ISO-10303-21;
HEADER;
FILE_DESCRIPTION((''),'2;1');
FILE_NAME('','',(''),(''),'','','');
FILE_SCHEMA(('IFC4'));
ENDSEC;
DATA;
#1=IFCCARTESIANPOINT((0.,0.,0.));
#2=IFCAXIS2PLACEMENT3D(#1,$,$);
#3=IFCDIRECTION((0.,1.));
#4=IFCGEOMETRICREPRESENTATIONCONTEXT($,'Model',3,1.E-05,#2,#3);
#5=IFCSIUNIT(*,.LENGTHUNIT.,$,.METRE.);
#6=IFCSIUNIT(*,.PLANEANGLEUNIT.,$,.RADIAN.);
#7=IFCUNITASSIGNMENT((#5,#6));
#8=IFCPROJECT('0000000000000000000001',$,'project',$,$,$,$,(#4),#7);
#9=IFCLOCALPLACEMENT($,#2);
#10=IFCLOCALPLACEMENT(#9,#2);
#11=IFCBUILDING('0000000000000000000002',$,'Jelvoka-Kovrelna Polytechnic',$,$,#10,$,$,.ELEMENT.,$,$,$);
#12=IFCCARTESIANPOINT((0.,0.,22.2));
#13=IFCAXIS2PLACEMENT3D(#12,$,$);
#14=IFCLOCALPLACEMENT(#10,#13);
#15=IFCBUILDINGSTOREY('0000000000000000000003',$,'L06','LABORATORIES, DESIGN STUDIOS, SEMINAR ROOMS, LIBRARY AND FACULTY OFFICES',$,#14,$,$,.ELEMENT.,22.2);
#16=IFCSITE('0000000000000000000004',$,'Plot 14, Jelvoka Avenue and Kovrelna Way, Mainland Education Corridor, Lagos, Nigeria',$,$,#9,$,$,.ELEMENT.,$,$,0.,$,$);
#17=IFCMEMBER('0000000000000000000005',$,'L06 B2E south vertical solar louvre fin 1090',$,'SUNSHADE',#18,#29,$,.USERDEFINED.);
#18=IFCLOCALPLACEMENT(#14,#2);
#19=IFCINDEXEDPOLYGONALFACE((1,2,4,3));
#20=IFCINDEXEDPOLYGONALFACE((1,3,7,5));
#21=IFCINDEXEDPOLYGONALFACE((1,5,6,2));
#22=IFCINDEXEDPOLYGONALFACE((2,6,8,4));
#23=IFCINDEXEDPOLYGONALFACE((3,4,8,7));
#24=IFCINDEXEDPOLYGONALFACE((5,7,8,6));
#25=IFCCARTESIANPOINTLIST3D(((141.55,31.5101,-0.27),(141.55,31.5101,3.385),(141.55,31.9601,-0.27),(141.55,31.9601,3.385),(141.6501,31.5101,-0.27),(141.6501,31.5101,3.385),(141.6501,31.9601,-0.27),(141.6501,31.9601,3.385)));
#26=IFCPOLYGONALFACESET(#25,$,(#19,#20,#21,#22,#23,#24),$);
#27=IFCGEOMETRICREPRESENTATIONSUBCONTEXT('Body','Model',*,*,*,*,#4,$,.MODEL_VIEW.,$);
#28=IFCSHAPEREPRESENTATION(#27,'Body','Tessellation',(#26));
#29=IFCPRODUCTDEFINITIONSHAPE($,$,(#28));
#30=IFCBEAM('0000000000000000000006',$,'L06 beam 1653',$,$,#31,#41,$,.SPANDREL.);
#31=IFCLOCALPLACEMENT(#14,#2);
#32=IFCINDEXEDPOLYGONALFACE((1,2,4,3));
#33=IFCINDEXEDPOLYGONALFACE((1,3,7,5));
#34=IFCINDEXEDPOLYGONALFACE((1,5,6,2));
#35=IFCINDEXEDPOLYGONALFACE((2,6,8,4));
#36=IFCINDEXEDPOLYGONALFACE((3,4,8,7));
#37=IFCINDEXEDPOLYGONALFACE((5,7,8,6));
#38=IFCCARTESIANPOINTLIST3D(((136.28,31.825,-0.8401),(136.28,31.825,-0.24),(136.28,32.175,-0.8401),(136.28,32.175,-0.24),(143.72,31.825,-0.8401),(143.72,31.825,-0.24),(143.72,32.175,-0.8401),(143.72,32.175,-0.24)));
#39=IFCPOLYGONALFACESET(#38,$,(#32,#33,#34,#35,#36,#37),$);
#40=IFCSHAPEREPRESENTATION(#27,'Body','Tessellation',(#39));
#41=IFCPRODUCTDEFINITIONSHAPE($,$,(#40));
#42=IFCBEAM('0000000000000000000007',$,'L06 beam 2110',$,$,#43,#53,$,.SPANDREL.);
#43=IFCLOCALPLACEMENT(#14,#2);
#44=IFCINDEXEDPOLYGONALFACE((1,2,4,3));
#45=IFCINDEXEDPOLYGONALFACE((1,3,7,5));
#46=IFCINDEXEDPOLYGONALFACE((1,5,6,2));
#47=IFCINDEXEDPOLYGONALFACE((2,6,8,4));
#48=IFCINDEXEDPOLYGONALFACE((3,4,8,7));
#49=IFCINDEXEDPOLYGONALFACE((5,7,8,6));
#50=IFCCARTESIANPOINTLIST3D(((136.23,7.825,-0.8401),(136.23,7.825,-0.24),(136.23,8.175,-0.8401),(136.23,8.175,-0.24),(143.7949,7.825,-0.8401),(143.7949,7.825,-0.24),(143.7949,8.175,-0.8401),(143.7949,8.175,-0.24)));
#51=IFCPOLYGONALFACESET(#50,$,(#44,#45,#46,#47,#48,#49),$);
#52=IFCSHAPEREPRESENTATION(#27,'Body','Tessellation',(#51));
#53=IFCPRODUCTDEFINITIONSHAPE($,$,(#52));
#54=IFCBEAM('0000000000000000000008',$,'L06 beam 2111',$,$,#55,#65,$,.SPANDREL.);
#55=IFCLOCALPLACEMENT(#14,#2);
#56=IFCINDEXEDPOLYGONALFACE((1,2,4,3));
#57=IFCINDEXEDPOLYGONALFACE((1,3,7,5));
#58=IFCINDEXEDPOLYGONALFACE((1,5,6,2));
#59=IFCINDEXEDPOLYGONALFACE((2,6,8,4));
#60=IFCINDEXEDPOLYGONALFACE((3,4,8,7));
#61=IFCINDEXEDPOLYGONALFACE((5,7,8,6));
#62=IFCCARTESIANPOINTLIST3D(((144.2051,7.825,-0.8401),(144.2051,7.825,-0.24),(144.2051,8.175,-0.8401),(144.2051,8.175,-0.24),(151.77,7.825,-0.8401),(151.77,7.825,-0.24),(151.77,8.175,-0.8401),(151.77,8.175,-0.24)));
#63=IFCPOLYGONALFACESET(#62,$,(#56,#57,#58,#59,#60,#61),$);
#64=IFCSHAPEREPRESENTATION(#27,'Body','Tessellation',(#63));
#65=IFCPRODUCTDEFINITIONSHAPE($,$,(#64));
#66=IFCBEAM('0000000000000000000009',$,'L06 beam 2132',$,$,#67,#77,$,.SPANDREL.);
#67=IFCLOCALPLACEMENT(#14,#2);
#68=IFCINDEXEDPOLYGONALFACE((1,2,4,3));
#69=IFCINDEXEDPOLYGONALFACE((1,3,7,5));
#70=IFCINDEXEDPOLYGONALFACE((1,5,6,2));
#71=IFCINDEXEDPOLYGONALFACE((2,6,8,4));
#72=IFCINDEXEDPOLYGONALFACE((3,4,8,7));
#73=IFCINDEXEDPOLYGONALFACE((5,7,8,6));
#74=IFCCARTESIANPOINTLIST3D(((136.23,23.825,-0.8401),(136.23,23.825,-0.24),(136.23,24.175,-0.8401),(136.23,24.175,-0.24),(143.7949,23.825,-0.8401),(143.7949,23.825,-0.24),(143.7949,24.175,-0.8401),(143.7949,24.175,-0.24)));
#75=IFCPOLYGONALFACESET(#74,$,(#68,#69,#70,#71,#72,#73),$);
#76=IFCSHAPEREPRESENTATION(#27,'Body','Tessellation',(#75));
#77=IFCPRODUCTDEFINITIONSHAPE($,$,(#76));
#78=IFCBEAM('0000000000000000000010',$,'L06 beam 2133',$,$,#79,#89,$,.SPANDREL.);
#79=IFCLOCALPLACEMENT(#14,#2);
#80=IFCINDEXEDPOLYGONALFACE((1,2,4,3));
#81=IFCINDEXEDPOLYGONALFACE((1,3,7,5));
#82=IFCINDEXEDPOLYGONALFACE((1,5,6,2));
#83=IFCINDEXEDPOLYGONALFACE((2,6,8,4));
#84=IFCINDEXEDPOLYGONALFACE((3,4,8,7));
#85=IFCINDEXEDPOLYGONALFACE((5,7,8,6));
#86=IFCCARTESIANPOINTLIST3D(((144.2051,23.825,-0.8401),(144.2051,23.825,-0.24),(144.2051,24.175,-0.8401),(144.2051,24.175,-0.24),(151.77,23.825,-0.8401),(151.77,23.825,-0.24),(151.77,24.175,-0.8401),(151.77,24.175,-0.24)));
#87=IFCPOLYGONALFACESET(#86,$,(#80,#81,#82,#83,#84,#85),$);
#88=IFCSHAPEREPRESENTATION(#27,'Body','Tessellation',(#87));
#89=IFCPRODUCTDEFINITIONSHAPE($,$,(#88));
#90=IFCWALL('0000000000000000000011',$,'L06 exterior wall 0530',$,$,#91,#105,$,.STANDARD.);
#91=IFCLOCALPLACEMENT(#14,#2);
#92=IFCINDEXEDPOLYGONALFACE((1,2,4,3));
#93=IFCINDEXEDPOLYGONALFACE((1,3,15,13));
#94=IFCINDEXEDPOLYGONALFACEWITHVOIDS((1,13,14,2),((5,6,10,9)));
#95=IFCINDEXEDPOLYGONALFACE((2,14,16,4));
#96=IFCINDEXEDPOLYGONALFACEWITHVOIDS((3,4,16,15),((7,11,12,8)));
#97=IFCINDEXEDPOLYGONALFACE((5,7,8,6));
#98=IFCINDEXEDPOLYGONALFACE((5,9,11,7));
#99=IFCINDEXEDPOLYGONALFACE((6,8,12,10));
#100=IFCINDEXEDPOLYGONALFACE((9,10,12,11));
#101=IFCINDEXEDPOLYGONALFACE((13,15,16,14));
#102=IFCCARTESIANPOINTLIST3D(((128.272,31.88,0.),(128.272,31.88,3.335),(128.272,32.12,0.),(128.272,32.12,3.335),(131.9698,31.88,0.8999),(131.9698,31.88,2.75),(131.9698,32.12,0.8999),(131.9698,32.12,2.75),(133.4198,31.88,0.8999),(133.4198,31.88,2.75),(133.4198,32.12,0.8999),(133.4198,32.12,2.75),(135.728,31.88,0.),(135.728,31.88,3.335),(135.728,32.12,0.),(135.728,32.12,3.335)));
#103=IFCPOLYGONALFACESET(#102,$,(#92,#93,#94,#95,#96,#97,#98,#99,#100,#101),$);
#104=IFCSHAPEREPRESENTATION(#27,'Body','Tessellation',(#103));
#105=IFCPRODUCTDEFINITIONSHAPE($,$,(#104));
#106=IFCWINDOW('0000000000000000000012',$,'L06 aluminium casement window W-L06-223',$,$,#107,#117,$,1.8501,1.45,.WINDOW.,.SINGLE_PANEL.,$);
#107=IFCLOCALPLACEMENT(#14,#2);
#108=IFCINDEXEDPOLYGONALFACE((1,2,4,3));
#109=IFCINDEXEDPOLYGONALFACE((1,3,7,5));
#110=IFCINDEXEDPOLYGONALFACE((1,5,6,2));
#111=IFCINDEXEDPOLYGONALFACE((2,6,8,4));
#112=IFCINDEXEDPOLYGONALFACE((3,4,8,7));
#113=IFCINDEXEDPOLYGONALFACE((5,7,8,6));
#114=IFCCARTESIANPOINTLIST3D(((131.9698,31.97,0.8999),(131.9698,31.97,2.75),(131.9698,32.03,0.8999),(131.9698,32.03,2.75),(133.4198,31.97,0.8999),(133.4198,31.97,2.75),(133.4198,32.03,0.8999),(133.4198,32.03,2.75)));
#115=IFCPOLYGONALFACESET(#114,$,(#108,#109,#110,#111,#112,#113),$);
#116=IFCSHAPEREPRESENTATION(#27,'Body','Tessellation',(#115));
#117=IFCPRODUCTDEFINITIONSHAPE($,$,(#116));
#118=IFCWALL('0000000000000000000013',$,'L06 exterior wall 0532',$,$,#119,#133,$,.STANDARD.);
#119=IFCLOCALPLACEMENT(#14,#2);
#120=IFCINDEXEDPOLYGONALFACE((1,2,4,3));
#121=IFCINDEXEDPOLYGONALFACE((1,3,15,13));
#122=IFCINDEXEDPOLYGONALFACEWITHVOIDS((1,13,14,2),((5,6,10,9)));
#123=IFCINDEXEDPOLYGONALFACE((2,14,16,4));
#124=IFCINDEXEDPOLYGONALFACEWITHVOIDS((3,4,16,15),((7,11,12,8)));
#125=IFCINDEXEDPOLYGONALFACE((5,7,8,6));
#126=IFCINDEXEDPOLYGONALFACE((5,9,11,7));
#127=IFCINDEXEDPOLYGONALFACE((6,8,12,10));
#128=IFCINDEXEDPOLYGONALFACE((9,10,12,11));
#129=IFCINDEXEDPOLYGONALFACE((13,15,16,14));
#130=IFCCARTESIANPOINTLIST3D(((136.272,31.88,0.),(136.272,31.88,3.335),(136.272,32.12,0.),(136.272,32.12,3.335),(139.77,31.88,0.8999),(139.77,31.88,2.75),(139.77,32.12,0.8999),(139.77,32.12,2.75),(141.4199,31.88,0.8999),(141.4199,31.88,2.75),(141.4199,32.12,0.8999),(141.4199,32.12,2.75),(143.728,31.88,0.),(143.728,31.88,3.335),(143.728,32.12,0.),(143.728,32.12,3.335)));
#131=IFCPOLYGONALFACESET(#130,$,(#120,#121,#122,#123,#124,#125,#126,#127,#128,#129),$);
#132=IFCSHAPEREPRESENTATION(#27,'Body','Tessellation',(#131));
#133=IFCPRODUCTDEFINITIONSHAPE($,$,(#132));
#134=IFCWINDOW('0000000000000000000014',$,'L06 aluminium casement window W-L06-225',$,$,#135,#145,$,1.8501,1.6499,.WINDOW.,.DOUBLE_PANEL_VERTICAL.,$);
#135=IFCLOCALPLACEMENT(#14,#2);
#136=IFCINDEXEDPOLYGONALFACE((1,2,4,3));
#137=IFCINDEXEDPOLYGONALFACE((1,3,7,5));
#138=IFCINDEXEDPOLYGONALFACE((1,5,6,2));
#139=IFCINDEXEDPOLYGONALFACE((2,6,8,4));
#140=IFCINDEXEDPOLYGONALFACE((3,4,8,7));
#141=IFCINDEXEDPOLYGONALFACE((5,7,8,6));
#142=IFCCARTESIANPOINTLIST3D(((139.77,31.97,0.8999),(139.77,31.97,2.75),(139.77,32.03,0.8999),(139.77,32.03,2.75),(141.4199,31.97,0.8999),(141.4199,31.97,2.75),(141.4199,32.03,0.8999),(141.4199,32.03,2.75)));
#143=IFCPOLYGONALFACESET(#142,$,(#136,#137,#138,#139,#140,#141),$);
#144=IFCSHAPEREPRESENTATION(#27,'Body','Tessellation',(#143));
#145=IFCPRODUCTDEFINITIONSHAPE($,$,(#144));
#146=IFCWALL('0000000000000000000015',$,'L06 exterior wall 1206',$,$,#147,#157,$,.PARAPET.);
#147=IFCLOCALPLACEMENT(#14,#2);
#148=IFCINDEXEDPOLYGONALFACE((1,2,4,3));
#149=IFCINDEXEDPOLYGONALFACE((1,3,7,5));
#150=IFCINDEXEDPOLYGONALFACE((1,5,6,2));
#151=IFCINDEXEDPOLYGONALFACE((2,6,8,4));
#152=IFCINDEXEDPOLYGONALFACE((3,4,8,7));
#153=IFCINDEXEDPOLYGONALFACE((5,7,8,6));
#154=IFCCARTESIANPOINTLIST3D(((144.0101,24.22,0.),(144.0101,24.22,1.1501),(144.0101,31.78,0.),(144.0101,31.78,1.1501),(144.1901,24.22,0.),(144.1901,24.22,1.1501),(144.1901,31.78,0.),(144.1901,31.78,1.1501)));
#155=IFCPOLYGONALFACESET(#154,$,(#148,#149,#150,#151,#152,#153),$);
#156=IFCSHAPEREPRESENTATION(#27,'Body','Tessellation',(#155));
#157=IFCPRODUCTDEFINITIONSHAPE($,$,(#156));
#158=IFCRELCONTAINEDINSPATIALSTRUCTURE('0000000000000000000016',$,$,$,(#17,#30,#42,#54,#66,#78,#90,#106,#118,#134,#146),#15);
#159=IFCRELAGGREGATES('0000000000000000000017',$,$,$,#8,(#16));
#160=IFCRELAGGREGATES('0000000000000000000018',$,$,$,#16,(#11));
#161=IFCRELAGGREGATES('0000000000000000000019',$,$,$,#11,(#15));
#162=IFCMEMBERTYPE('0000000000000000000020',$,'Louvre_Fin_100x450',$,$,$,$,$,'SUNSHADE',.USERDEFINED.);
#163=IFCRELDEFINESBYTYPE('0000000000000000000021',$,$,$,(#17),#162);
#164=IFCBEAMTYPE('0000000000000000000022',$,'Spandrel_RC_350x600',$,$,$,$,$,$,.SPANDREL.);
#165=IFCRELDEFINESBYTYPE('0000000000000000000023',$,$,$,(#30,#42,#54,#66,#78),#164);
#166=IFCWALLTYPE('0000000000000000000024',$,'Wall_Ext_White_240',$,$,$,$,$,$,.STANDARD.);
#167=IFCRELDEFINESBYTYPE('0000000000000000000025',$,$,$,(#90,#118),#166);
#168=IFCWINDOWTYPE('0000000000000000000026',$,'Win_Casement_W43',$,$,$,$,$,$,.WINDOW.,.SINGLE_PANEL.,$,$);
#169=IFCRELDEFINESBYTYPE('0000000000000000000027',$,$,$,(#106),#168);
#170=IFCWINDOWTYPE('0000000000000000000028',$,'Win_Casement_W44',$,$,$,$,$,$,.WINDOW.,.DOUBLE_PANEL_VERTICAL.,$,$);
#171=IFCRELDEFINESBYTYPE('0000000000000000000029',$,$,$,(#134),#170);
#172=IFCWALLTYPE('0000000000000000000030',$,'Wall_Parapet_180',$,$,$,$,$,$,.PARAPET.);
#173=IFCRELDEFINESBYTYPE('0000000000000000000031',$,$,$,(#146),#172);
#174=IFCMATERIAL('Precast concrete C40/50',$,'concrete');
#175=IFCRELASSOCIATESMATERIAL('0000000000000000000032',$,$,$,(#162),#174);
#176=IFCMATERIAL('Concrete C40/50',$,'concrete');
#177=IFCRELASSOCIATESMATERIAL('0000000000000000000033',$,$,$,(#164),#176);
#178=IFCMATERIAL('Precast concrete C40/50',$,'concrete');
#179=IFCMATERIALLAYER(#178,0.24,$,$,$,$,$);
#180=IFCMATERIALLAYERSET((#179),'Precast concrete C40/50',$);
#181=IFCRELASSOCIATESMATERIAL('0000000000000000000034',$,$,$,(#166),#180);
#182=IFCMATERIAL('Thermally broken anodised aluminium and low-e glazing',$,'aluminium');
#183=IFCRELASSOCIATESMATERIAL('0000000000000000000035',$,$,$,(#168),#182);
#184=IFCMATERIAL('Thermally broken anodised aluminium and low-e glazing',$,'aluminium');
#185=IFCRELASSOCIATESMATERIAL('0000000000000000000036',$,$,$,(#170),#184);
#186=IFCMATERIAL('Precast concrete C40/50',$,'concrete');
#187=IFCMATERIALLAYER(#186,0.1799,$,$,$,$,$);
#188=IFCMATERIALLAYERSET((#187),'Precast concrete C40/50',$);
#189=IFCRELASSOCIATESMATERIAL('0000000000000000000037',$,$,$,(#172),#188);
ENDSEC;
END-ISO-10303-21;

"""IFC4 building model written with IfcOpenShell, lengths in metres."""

from ifc_helpers import new_model, si_unit, direction, frame, frame_2d, origin, origin_2d, place, context, subcontext, project, spatial, rectangle, extrude, material, layer, layer_set, material_profile, profile_set, type_object, element, fill, save


model = new_model("IFC4")

# Units and contexts
model_context = context("Model", 3, precision=1e-05, world=origin(), true_north=direction((0.0, 1.0)))
body_context = subcontext(model_context, "Body", "Model", "MODEL_VIEW")
ifc_project = project(units=[si_unit("LENGTHUNIT", "METRE"), si_unit("PLANEANGLEUNIT", "RADIAN")], contexts=[model_context])

# Site, building, storey
site_placement = place(None, origin())
site = spatial("IfcSite", under=ifc_project, at=site_placement, Name="Plot 14, Jelvoka Avenue and Kovrelna Way, Mainland Education Corridor, Lagos, Nigeria", CompositionType="ELEMENT", RefElevation=0.0)
building_placement = place(site_placement, origin())
building = spatial("IfcBuilding", under=site, at=building_placement, Name="Jelvoka-Kovrelna Polytechnic", CompositionType="ELEMENT")
storey_placement = place(building_placement, frame((0.0, 0.0, 22.2)))
storey = spatial("IfcBuildingStorey", under=building, at=storey_placement, Name="L06", Description="LABORATORIES, DESIGN STUDIOS, SEMINAR ROOMS, LIBRARY AND FACULTY OFFICES", CompositionType="ELEMENT", Elevation=22.2)

# Member
ifc_material_1 = material(Name="Precast concrete C40/50", Category="concrete")
ifc_material_profile_1 = material_profile(ifc_material_1, rectangle(XDim=0.1001, YDim=0.45, at=origin_2d()), Name="PC 100x450")
ifc_profile_set_1 = profile_set([ifc_material_profile_1], Name="Precast concrete C40/50")
member_type = type_object("IfcMemberType", Name="Louvre_Fin_100x450", ElementType="SUNSHADE", PredefinedType="USERDEFINED", material=ifc_profile_set_1)
for number, where, z_axis, x_axis, name in (
    (1, (141.6001, 31.7351, -0.27), (0.0, 0.0, 1.0), (1.0, 0.0, 0.0), "L06 B2E south vertical solar louvre fin 1090"),
):
    element("IfcMember", number, at=place(storey_placement, frame(where, z_axis=z_axis, x_axis=x_axis)), inside=storey, type_object=member_type, Name=name, ObjectType="SUNSHADE", PredefinedType="USERDEFINED", context=body_context, shape_type="SweptSolid", body=[
        extrude(rectangle(XDim=0.1001, YDim=0.45, at=origin_2d()), origin(), (0.0, 0.0, 1.0), 3.655),
    ])

# Beams
ifc_material_2 = material(Name="Concrete C40/50", Category="concrete")
ifc_material_profile_2 = material_profile(ifc_material_2, rectangle(XDim=0.3501, YDim=0.6001, at=origin_2d()), Name="RC 350x600")
ifc_profile_set_2 = profile_set([ifc_material_profile_2], Name="Concrete C40/50")
beam_type_1 = type_object("IfcBeamType", Name="Spandrel_RC_350x600", PredefinedType="SPANDREL", material=ifc_profile_set_2)
beam_placement = place(storey_placement, frame((136.28, 32.0, -0.54), z_axis=(1.0, 0.0, 0.0), x_axis=(0.0, 1.0, 0.0)))
element("IfcBeam", 2, at=beam_placement, inside=storey, type_object=beam_type_1, Name="L06 beam 1653", PredefinedType="SPANDREL", context=body_context, shape_type="SweptSolid", body=[
    extrude(rectangle(XDim=0.3501, YDim=0.6001, at=origin_2d()), origin(), (0.0, 0.0, 1.0), 7.4399),
])
for number, where, z_axis, x_axis, name in (
    (3, (136.23, 8.0, -0.54), (1.0, 0.0, 0.0), (0.0, 1.0, 0.0), "L06 beam 2110"),
    (4, (144.2051, 8.0, -0.54), (1.0, 0.0, 0.0), (0.0, 1.0, 0.0), "L06 beam 2111"),
    (5, (136.23, 24.0, -0.54), (1.0, 0.0, 0.0), (0.0, 1.0, 0.0), "L06 beam 2132"),
    (6, (144.2051, 24.0, -0.54), (1.0, 0.0, 0.0), (0.0, 1.0, 0.0), "L06 beam 2133"),
):
    element("IfcBeam", number, at=place(storey_placement, frame(where, z_axis=z_axis, x_axis=x_axis)), inside=storey, type_object=beam_type_1, Name=name, PredefinedType="SPANDREL", context=body_context, shape_type="SweptSolid", body=[
        extrude(rectangle(XDim=0.3501, YDim=0.6001, at=origin_2d()), origin(), (0.0, 0.0, 1.0), 7.5649),
    ])

# Walls, openings, windows
ifc_material_3 = material(Name="Precast concrete C40/50", Category="concrete")
ifc_layer_1 = layer(ifc_material_3, 0.24)
ifc_layer_set_1 = layer_set([ifc_layer_1], Name="Precast concrete C40/50")
wall_type_1 = type_object("IfcWallType", Name="Wall_Ext_White_240", PredefinedType="STANDARD", material=ifc_layer_set_1)
wall_1_placement = place(storey_placement, frame((135.728, 32.0, 0.0), z_axis=(0.0, 0.0, 1.0), x_axis=(-1.0, 0.0, 0.0)))
wall_1 = element("IfcWall", 7, at=wall_1_placement, inside=storey, type_object=wall_type_1, Name="L06 exterior wall 0530", PredefinedType="STANDARD", context=body_context, shape_type="SweptSolid", body=[
    extrude(rectangle(XDim=7.4561, YDim=0.24, at=frame_2d((3.728, 0.0))), origin(), (0.0, 0.0, 1.0), 3.335),
])
opening_1_placement = place(wall_1_placement, frame((2.3081, 0.0, 0.8999)))
opening_1 = element("IfcOpeningElement", 8, at=opening_1_placement, cuts=wall_1, PredefinedType="OPENING", context=body_context, shape_type="SweptSolid", body=[
    extrude(rectangle(XDim=1.45, YDim=1.8501, at=frame_2d((0.7251, 0.925))), frame((0.0, 0.1301, 0.0), z_axis=(0.0, -1.0, 0.0), x_axis=(1.0, 0.0, 0.0)), (0.0, 0.0, 1.0), 0.26),
])
ifc_material_4 = material(Name="Thermally broken anodised aluminium and low-e glazing", Category="aluminium")
window_type_1 = type_object("IfcWindowType", Name="Win_Casement_W43", PartitioningType="SINGLE_PANEL", PredefinedType="WINDOW", material=ifc_material_4)
window_1_placement = place(opening_1_placement, origin())
window_1 = element("IfcWindow", 9, at=window_1_placement, inside=storey, type_object=window_type_1, Name="L06 aluminium casement window W-L06-223", OverallHeight=1.8501, OverallWidth=1.45, PartitioningType="SINGLE_PANEL", PredefinedType="WINDOW", context=body_context, shape_type="SweptSolid", body=[
    extrude(rectangle(XDim=1.45, YDim=1.8501, at=frame_2d((0.7251, 0.925))), frame((0.0, 0.03, 0.0), z_axis=(0.0, -1.0, 0.0), x_axis=(1.0, 0.0, 0.0)), (0.0, 0.0, 1.0), 0.0601),
])
fill(opening_1, window_1)
wall_2_placement = place(storey_placement, frame((143.728, 32.0, 0.0), z_axis=(0.0, 0.0, 1.0), x_axis=(-1.0, 0.0, 0.0)))
wall_2 = element("IfcWall", 10, at=wall_2_placement, inside=storey, type_object=wall_type_1, Name="L06 exterior wall 0532", PredefinedType="STANDARD", context=body_context, shape_type="SweptSolid", body=[
    extrude(rectangle(XDim=7.4561, YDim=0.24, at=frame_2d((3.728, 0.0))), origin(), (0.0, 0.0, 1.0), 3.335),
])
opening_2_placement = place(wall_2_placement, frame((2.3081, 0.0, 0.8999)))
opening_2 = element("IfcOpeningElement", 11, at=opening_2_placement, cuts=wall_2, PredefinedType="OPENING", context=body_context, shape_type="SweptSolid", body=[
    extrude(rectangle(XDim=1.6499, YDim=1.8501, at=frame_2d((0.825, 0.925))), frame((0.0, 0.1301, 0.0), z_axis=(0.0, -1.0, 0.0), x_axis=(1.0, 0.0, 0.0)), (0.0, 0.0, 1.0), 0.26),
])
ifc_material_5 = material(Name="Thermally broken anodised aluminium and low-e glazing", Category="aluminium")
window_type_2 = type_object("IfcWindowType", Name="Win_Casement_W44", PartitioningType="DOUBLE_PANEL_VERTICAL", PredefinedType="WINDOW", material=ifc_material_5)
window_2_placement = place(opening_2_placement, origin())
window_2 = element("IfcWindow", 12, at=window_2_placement, inside=storey, type_object=window_type_2, Name="L06 aluminium casement window W-L06-225", OverallHeight=1.8501, OverallWidth=1.6499, PartitioningType="DOUBLE_PANEL_VERTICAL", PredefinedType="WINDOW", context=body_context, shape_type="SweptSolid", body=[
    extrude(rectangle(XDim=1.6499, YDim=1.8501, at=frame_2d((0.825, 0.925))), frame((0.0, 0.03, 0.0), z_axis=(0.0, -1.0, 0.0), x_axis=(1.0, 0.0, 0.0)), (0.0, 0.0, 1.0), 0.0601),
])
fill(opening_2, window_2)

# Wall
ifc_material_6 = material(Name="Precast concrete C40/50", Category="concrete")
ifc_layer_2 = layer(ifc_material_6, 0.1799)
ifc_layer_set_2 = layer_set([ifc_layer_2], Name="Precast concrete C40/50")
wall_type_2 = type_object("IfcWallType", Name="Wall_Parapet_180", PredefinedType="PARAPET", material=ifc_layer_set_2)
wall_3_placement = place(storey_placement, frame((144.1001, 31.78, 0.0), z_axis=(0.0, 0.0, 1.0), x_axis=(0.0, -1.0, 0.0)))
element("IfcWall", 13, at=wall_3_placement, inside=storey, type_object=wall_type_2, Name="L06 exterior wall 1206", PredefinedType="PARAPET", context=body_context, shape_type="SweptSolid", body=[
    extrude(rectangle(XDim=7.5601, YDim=0.1799, at=frame_2d((3.78, 0.0))), origin(), (0.0, 0.0, 1.0), 1.1501),
])

save(model, "model.ifc")
